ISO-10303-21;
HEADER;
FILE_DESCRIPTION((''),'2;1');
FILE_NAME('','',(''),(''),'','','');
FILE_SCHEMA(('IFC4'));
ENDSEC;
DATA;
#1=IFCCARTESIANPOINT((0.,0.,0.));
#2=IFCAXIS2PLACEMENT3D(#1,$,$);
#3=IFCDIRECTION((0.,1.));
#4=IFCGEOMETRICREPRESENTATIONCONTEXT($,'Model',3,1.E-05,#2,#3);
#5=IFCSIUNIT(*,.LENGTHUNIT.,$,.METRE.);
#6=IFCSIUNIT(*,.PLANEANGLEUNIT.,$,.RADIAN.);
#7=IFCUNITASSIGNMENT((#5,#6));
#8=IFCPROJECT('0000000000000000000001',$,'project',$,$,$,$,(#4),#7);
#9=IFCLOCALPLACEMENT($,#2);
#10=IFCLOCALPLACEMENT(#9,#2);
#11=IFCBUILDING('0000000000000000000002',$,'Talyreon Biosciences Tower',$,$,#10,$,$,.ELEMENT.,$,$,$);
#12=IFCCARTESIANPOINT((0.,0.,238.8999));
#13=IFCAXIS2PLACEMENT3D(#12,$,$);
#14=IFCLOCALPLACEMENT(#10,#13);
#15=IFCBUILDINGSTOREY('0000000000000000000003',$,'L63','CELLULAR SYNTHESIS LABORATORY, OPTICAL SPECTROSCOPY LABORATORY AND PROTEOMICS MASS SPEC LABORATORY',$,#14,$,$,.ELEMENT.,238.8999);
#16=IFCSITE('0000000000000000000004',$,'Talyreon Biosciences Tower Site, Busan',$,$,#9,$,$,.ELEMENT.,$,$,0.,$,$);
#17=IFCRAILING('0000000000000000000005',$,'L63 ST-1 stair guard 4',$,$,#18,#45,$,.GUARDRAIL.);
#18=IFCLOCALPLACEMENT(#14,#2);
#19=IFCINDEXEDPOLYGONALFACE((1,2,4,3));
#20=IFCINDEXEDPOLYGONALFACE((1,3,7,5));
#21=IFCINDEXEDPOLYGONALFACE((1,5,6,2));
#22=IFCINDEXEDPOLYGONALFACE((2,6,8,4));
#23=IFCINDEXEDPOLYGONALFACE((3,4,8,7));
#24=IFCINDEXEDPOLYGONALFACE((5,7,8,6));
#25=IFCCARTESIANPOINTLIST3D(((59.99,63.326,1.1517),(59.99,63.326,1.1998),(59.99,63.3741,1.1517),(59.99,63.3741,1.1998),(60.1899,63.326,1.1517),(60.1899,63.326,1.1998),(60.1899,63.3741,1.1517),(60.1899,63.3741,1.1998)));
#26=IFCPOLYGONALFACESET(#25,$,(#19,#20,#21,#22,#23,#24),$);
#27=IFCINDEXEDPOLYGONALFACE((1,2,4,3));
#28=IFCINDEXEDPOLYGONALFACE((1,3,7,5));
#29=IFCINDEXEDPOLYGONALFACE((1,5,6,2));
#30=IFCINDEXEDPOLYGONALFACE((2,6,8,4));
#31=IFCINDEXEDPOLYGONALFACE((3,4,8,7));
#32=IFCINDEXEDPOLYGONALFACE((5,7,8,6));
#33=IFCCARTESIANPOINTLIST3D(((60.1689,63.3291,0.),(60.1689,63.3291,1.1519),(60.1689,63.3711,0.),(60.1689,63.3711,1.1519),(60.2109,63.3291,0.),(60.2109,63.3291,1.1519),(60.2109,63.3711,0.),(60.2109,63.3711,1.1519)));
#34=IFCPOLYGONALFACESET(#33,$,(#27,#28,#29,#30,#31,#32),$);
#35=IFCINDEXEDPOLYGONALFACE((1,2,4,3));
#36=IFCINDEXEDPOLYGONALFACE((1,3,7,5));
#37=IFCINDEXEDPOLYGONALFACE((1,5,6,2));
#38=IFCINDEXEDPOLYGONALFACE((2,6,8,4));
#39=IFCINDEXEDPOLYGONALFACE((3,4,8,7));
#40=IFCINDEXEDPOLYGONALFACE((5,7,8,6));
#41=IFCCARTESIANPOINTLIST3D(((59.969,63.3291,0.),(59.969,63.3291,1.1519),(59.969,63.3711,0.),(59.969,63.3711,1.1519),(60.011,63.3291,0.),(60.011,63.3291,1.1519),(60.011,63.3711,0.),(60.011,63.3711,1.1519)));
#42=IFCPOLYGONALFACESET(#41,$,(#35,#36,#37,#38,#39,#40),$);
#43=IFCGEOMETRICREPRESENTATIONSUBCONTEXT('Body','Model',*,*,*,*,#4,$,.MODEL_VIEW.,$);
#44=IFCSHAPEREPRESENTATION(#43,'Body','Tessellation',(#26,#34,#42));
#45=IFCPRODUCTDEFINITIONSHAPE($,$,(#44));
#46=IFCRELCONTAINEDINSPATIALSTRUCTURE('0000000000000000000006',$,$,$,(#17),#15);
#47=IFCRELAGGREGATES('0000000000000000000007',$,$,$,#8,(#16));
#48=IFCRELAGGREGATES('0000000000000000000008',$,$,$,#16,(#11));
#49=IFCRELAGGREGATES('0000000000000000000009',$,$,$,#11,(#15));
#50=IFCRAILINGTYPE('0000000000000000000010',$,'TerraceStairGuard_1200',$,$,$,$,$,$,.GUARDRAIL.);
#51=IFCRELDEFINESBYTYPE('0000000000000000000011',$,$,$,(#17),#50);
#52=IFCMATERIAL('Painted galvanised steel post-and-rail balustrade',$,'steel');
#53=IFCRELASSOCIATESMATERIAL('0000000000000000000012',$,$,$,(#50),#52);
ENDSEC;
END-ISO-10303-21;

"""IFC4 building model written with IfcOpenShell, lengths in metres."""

from ifc_helpers import new_model, si_unit, direction, frame, origin, origin_2d, place, context, subcontext, project, spatial, rectangle, extrude, material, type_object, element, save


model = new_model("IFC4")

# Units and contexts
model_context = context("Model", 3, precision=1e-05, world=origin(), true_north=direction((0.0, 1.0)))
body_context = subcontext(model_context, "Body", "Model", "MODEL_VIEW")
ifc_project = project(units=[si_unit("LENGTHUNIT", "METRE"), si_unit("PLANEANGLEUNIT", "RADIAN")], contexts=[model_context])

# Site, building, storey
site_placement = place(None, origin())
site = spatial("IfcSite", under=ifc_project, at=site_placement, Name="Talyreon Biosciences Tower Site, Busan", CompositionType="ELEMENT", RefElevation=0.0)
building_placement = place(site_placement, origin())
building = spatial("IfcBuilding", under=site, at=building_placement, Name="Talyreon Biosciences Tower", CompositionType="ELEMENT")
storey_placement = place(building_placement, frame((0.0, 0.0, 238.8999)))
storey = spatial("IfcBuildingStorey", under=building, at=storey_placement, Name="L63", Description="CELLULAR SYNTHESIS LABORATORY, OPTICAL SPECTROSCOPY LABORATORY AND PROTEOMICS MASS SPEC LABORATORY", CompositionType="ELEMENT", Elevation=238.8999)

# Railing
ifc_material_1 = material(Name="Painted galvanised steel post-and-rail balustrade", Category="steel")
railing_type_1 = type_object("IfcRailingType", Name="TerraceStairGuard_1200", PredefinedType="GUARDRAIL", material=ifc_material_1)
railing_1_placement = place(storey_placement, frame((60.1899, 63.3501, 0.0)))
element("IfcRailing", 1, at=railing_1_placement, inside=storey, type_object=railing_type_1, Name="L63 ST-1 stair guard 4", PredefinedType="GUARDRAIL", context=body_context, shape_type="SweptSolid", body=[
    extrude(rectangle(XDim=0.0481, YDim=0.0481, at=origin_2d()), frame((0.0, 0.0, 1.1758), z_axis=(-1.0, 0.0, 0.0), x_axis=(0.0, -1.0, 0.0)), (0.0, 0.0, 1.0), 0.2),
    extrude(rectangle(XDim=0.042, YDim=0.042, at=origin_2d()), origin(), (0.0, 0.0, 1.0), 1.1519),
    extrude(rectangle(XDim=0.042, YDim=0.042, at=origin_2d()), frame((-0.2, 0.0, 0.0)), (0.0, 0.0, 1.0), 1.1519),
])

save(model, "model.ifc")
